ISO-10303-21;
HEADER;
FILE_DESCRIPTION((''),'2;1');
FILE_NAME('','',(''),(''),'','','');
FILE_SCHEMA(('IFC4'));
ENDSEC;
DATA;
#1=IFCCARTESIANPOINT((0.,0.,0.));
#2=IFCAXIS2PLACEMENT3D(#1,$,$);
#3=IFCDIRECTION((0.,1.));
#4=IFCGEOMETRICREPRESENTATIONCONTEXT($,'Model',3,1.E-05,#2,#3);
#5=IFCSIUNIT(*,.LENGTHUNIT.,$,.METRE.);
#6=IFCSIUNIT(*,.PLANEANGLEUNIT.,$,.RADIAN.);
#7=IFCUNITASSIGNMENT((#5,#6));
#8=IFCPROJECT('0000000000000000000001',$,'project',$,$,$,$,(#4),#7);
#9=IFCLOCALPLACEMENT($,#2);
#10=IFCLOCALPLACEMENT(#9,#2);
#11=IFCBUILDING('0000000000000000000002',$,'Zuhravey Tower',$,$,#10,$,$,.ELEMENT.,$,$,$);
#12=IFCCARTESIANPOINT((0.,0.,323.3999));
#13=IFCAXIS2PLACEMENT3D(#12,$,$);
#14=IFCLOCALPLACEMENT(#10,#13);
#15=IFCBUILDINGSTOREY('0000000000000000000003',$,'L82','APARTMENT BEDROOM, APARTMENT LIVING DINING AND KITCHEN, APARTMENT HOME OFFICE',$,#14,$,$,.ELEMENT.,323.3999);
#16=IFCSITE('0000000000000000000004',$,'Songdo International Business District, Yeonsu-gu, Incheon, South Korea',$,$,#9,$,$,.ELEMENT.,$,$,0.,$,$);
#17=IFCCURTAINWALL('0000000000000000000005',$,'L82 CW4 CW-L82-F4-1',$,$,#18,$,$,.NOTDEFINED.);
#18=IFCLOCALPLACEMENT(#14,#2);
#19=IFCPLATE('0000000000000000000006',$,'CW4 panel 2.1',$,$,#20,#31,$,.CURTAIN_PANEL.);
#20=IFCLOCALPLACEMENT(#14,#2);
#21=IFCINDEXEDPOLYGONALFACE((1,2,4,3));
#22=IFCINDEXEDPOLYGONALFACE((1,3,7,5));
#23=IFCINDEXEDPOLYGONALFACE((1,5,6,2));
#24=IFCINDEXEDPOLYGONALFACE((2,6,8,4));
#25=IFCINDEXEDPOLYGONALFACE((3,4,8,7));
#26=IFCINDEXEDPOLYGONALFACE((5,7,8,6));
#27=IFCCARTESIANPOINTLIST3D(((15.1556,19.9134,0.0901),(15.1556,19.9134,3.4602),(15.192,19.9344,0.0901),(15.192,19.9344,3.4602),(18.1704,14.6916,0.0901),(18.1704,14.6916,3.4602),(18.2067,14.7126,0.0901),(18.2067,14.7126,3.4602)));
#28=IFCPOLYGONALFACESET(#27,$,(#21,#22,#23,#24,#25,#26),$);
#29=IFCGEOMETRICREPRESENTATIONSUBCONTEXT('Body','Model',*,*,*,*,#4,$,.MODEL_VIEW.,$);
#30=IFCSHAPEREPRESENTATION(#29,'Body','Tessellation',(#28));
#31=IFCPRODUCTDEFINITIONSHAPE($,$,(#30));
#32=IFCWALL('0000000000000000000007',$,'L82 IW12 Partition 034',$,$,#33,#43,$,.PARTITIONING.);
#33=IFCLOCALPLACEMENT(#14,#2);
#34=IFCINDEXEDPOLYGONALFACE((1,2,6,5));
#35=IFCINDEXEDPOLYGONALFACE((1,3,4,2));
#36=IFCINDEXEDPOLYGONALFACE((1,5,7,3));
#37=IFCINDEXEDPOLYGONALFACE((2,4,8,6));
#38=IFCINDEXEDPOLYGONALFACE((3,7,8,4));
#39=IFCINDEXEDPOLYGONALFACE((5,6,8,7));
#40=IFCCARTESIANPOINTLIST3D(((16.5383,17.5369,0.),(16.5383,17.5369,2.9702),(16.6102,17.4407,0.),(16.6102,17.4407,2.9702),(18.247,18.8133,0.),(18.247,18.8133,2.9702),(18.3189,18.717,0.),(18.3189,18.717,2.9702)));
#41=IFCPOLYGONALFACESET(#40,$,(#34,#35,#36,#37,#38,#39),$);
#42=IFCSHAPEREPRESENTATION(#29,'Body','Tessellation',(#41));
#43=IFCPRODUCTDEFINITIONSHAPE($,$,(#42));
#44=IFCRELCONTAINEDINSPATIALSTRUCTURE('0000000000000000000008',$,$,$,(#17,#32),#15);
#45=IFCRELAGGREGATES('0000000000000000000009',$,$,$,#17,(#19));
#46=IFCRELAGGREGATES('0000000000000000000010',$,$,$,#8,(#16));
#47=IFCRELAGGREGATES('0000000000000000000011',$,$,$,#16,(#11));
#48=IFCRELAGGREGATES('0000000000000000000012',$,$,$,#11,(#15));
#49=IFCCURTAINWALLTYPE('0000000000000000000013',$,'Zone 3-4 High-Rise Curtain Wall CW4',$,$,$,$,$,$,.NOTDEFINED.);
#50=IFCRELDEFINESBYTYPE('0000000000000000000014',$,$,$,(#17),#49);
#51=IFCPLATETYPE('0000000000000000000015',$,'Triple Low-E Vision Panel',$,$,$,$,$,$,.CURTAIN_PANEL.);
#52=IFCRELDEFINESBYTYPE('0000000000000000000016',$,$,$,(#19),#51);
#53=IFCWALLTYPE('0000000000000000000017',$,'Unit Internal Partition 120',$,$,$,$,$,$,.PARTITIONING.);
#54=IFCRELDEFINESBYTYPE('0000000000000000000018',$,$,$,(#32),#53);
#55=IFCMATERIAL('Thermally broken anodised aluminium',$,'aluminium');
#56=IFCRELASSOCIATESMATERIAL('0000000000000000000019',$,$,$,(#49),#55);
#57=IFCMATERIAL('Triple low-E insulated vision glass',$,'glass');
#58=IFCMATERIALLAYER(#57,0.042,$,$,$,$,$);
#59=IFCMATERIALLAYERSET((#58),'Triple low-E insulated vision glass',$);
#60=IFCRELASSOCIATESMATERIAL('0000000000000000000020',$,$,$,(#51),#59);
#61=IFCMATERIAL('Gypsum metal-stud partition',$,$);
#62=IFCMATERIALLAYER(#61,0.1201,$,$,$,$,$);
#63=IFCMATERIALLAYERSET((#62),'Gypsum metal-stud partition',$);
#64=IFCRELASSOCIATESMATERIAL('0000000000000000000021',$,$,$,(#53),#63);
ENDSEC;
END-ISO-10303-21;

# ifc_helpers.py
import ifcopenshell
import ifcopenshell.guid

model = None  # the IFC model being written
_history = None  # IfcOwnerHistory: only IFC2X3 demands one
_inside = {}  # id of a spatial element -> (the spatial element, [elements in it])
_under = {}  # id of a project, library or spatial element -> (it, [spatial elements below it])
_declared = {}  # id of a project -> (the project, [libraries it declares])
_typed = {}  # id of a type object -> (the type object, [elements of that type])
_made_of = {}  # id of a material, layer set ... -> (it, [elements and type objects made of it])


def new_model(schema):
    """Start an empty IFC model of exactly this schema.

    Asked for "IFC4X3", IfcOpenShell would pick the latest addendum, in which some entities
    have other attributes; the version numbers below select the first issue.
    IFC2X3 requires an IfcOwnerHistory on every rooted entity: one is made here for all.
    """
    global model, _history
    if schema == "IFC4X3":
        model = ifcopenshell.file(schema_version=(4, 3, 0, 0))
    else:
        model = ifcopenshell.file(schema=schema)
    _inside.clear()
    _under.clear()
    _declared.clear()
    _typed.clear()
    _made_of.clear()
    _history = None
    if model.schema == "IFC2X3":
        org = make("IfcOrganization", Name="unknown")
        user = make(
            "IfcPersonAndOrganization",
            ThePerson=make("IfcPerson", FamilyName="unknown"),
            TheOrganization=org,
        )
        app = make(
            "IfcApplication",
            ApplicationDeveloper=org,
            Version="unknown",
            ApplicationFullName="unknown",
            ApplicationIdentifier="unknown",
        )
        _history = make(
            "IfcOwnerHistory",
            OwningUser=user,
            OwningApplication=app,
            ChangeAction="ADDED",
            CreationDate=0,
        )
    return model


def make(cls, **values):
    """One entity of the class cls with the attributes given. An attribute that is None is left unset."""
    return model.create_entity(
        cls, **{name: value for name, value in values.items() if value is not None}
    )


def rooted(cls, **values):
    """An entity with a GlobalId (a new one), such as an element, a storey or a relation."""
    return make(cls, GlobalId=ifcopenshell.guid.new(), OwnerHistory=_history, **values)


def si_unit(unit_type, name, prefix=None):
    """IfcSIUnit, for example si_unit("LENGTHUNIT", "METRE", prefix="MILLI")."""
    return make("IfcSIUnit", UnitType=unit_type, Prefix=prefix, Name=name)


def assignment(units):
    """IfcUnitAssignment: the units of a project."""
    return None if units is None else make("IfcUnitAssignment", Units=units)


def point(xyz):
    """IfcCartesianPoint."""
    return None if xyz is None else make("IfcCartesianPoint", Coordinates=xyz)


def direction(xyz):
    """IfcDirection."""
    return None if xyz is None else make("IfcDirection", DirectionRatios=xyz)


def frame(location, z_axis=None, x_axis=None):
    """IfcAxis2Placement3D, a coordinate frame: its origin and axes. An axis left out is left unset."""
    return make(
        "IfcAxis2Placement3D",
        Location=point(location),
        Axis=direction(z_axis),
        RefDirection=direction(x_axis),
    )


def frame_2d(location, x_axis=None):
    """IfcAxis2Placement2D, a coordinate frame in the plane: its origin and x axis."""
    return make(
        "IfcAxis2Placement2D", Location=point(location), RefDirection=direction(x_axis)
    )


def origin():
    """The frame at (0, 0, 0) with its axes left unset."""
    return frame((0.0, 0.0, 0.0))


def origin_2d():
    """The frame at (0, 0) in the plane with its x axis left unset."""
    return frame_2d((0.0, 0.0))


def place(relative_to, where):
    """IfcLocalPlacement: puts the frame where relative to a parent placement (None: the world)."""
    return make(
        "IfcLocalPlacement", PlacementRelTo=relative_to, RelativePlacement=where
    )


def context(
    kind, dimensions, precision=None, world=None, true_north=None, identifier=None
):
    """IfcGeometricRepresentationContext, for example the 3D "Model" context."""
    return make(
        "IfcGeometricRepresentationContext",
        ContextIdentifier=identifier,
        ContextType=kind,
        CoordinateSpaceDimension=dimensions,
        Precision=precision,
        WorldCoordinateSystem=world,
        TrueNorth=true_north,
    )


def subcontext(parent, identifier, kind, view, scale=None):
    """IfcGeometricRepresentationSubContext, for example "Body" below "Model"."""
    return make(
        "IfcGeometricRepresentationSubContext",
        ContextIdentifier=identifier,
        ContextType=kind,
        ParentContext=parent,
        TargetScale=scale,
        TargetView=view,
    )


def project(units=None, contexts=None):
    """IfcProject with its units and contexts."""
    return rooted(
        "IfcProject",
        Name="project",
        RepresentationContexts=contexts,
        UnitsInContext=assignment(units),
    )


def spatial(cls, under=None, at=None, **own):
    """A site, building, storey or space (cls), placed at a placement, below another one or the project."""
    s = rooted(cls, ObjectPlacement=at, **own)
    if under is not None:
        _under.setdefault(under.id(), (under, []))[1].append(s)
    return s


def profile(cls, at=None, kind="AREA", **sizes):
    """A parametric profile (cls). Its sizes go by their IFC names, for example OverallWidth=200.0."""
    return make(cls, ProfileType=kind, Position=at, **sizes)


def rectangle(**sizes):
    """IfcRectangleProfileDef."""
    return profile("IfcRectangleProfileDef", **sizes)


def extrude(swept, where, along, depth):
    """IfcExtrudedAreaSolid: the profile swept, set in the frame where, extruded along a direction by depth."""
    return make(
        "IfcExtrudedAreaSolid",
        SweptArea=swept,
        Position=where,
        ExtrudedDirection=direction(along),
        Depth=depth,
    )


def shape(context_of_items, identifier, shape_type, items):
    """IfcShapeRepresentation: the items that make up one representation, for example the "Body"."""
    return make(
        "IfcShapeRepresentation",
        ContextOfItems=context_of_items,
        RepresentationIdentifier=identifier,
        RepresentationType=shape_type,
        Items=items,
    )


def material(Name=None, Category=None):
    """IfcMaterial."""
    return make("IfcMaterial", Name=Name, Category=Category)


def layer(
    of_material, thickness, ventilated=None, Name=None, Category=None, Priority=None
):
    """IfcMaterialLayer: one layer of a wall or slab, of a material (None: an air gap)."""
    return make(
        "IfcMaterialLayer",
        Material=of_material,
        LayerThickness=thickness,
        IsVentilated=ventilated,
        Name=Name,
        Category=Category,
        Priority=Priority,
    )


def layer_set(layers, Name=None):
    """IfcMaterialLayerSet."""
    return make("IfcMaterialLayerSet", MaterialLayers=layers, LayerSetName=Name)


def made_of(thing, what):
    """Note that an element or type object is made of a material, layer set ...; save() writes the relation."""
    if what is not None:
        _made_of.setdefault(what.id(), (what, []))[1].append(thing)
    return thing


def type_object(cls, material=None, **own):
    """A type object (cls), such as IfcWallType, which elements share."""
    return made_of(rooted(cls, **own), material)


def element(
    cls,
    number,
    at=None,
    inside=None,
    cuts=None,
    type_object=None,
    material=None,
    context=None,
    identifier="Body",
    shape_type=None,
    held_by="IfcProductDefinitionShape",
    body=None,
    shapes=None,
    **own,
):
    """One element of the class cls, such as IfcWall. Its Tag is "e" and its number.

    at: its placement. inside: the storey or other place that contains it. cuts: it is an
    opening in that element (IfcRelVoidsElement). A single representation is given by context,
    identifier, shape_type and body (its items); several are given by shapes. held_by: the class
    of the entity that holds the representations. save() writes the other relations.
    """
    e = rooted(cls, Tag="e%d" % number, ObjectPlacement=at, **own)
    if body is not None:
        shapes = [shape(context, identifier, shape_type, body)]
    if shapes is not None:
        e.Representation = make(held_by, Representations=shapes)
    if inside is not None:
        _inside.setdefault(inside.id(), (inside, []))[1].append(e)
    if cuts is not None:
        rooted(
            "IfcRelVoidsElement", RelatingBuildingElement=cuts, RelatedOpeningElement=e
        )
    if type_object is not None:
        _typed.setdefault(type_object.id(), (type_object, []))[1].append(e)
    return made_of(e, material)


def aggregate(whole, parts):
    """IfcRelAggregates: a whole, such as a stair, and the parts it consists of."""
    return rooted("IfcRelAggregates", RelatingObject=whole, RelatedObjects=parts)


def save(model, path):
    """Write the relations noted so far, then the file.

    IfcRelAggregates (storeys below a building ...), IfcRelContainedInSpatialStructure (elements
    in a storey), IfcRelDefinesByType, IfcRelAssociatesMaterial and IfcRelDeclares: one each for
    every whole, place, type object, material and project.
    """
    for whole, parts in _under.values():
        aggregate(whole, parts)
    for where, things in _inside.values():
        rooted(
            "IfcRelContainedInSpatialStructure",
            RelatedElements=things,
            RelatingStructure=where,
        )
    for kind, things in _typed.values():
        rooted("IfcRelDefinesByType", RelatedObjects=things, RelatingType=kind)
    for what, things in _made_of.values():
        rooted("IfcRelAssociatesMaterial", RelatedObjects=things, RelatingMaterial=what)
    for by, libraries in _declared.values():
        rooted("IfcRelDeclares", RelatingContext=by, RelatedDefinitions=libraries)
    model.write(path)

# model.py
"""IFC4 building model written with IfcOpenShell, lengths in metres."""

from ifc_helpers import new_model, si_unit, direction, frame, frame_2d, origin, origin_2d, place, context, subcontext, project, spatial, rectangle, extrude, material, layer, layer_set, type_object, element, aggregate, save


model = new_model("IFC4")

# Units and contexts
model_context = context("Model", 3, precision=1e-05, world=origin(), true_north=direction((0.0, 1.0)))
body_context = subcontext(model_context, "Body", "Model", "MODEL_VIEW")
ifc_project = project(units=[si_unit("LENGTHUNIT", "METRE"), si_unit("PLANEANGLEUNIT", "RADIAN")], contexts=[model_context])

# Site, building, storey
site_placement = place(None, origin())
site = spatial("IfcSite", under=ifc_project, at=site_placement, Name="Songdo International Business District, Yeonsu-gu, Incheon, South Korea", CompositionType="ELEMENT", RefElevation=0.0)
building_placement = place(site_placement, origin())
building = spatial("IfcBuilding", under=site, at=building_placement, Name="Zuhravey Tower", CompositionType="ELEMENT")
storey_placement = place(building_placement, frame((0.0, 0.0, 323.3999)))
storey = spatial("IfcBuildingStorey", under=building, at=storey_placement, Name="L82", Description="APARTMENT BEDROOM, APARTMENT LIVING DINING AND KITCHEN, APARTMENT HOME OFFICE", CompositionType="ELEMENT", Elevation=323.3999)

# Curtain wall
ifc_material_1 = material(Name="Thermally broken anodised aluminium", Category="aluminium")
curtain_wall_type = type_object("IfcCurtainWallType", Name="Zone 3-4 High-Rise Curtain Wall CW4", PredefinedType="NOTDEFINED", material=ifc_material_1)
curtain_wall_placement = place(storey_placement, origin())
curtain_wall = element("IfcCurtainWall", 1, at=curtain_wall_placement, inside=storey, type_object=curtain_wall_type, Name="L82 CW4 CW-L82-F4-1", PredefinedType="NOTDEFINED")

# Plate
ifc_material_2 = material(Name="Triple low-E insulated vision glass", Category="glass")
ifc_layer_1 = layer(ifc_material_2, 0.042)
ifc_layer_set_1 = layer_set([ifc_layer_1], Name="Triple low-E insulated vision glass")
plate_type_1 = type_object("IfcPlateType", Name="Triple Low-E Vision Panel", PredefinedType="CURTAIN_PANEL", material=ifc_layer_set_1)
plate_1_placement = place(storey_placement, frame((16.6812, 17.313, 0.0901), z_axis=(0.0, 0.0, 1.0), x_axis=(-0.5, 0.866026, 0.0)))
plate_1 = element("IfcPlate", 2, at=plate_1_placement, type_object=plate_type_1, Name="CW4 panel 2.1", PredefinedType="CURTAIN_PANEL", context=body_context, shape_type="SweptSolid", body=[
    extrude(rectangle(XDim=6.0295, YDim=0.042, at=origin_2d()), origin(), (0.0, 0.0, 1.0), 3.3701),
])
aggregate(curtain_wall, [plate_1])

# Wall
ifc_material_3 = material(Name="Gypsum metal-stud partition")
ifc_layer_2 = layer(ifc_material_3, 0.1201)
ifc_layer_set_2 = layer_set([ifc_layer_2], Name="Gypsum metal-stud partition")
wall_type = type_object("IfcWallType", Name="Unit Internal Partition 120", PredefinedType="PARTITIONING", material=ifc_layer_set_2)
wall_placement = place(storey_placement, frame((18.283, 18.7651, 0.0), z_axis=(0.0, 0.0, 1.0), x_axis=(-0.801166, -0.598442, 0.0)))
element("IfcWall", 3, at=wall_placement, inside=storey, type_object=wall_type, Name="L82 IW12 Partition 034", PredefinedType="PARTITIONING", context=body_context, shape_type="SweptSolid", body=[
    extrude(rectangle(XDim=2.1328, YDim=0.1201, at=frame_2d((1.0664, 0.0))), origin(), (0.0, 0.0, 1.0), 2.9702),
])

save(model, "model.ifc")
